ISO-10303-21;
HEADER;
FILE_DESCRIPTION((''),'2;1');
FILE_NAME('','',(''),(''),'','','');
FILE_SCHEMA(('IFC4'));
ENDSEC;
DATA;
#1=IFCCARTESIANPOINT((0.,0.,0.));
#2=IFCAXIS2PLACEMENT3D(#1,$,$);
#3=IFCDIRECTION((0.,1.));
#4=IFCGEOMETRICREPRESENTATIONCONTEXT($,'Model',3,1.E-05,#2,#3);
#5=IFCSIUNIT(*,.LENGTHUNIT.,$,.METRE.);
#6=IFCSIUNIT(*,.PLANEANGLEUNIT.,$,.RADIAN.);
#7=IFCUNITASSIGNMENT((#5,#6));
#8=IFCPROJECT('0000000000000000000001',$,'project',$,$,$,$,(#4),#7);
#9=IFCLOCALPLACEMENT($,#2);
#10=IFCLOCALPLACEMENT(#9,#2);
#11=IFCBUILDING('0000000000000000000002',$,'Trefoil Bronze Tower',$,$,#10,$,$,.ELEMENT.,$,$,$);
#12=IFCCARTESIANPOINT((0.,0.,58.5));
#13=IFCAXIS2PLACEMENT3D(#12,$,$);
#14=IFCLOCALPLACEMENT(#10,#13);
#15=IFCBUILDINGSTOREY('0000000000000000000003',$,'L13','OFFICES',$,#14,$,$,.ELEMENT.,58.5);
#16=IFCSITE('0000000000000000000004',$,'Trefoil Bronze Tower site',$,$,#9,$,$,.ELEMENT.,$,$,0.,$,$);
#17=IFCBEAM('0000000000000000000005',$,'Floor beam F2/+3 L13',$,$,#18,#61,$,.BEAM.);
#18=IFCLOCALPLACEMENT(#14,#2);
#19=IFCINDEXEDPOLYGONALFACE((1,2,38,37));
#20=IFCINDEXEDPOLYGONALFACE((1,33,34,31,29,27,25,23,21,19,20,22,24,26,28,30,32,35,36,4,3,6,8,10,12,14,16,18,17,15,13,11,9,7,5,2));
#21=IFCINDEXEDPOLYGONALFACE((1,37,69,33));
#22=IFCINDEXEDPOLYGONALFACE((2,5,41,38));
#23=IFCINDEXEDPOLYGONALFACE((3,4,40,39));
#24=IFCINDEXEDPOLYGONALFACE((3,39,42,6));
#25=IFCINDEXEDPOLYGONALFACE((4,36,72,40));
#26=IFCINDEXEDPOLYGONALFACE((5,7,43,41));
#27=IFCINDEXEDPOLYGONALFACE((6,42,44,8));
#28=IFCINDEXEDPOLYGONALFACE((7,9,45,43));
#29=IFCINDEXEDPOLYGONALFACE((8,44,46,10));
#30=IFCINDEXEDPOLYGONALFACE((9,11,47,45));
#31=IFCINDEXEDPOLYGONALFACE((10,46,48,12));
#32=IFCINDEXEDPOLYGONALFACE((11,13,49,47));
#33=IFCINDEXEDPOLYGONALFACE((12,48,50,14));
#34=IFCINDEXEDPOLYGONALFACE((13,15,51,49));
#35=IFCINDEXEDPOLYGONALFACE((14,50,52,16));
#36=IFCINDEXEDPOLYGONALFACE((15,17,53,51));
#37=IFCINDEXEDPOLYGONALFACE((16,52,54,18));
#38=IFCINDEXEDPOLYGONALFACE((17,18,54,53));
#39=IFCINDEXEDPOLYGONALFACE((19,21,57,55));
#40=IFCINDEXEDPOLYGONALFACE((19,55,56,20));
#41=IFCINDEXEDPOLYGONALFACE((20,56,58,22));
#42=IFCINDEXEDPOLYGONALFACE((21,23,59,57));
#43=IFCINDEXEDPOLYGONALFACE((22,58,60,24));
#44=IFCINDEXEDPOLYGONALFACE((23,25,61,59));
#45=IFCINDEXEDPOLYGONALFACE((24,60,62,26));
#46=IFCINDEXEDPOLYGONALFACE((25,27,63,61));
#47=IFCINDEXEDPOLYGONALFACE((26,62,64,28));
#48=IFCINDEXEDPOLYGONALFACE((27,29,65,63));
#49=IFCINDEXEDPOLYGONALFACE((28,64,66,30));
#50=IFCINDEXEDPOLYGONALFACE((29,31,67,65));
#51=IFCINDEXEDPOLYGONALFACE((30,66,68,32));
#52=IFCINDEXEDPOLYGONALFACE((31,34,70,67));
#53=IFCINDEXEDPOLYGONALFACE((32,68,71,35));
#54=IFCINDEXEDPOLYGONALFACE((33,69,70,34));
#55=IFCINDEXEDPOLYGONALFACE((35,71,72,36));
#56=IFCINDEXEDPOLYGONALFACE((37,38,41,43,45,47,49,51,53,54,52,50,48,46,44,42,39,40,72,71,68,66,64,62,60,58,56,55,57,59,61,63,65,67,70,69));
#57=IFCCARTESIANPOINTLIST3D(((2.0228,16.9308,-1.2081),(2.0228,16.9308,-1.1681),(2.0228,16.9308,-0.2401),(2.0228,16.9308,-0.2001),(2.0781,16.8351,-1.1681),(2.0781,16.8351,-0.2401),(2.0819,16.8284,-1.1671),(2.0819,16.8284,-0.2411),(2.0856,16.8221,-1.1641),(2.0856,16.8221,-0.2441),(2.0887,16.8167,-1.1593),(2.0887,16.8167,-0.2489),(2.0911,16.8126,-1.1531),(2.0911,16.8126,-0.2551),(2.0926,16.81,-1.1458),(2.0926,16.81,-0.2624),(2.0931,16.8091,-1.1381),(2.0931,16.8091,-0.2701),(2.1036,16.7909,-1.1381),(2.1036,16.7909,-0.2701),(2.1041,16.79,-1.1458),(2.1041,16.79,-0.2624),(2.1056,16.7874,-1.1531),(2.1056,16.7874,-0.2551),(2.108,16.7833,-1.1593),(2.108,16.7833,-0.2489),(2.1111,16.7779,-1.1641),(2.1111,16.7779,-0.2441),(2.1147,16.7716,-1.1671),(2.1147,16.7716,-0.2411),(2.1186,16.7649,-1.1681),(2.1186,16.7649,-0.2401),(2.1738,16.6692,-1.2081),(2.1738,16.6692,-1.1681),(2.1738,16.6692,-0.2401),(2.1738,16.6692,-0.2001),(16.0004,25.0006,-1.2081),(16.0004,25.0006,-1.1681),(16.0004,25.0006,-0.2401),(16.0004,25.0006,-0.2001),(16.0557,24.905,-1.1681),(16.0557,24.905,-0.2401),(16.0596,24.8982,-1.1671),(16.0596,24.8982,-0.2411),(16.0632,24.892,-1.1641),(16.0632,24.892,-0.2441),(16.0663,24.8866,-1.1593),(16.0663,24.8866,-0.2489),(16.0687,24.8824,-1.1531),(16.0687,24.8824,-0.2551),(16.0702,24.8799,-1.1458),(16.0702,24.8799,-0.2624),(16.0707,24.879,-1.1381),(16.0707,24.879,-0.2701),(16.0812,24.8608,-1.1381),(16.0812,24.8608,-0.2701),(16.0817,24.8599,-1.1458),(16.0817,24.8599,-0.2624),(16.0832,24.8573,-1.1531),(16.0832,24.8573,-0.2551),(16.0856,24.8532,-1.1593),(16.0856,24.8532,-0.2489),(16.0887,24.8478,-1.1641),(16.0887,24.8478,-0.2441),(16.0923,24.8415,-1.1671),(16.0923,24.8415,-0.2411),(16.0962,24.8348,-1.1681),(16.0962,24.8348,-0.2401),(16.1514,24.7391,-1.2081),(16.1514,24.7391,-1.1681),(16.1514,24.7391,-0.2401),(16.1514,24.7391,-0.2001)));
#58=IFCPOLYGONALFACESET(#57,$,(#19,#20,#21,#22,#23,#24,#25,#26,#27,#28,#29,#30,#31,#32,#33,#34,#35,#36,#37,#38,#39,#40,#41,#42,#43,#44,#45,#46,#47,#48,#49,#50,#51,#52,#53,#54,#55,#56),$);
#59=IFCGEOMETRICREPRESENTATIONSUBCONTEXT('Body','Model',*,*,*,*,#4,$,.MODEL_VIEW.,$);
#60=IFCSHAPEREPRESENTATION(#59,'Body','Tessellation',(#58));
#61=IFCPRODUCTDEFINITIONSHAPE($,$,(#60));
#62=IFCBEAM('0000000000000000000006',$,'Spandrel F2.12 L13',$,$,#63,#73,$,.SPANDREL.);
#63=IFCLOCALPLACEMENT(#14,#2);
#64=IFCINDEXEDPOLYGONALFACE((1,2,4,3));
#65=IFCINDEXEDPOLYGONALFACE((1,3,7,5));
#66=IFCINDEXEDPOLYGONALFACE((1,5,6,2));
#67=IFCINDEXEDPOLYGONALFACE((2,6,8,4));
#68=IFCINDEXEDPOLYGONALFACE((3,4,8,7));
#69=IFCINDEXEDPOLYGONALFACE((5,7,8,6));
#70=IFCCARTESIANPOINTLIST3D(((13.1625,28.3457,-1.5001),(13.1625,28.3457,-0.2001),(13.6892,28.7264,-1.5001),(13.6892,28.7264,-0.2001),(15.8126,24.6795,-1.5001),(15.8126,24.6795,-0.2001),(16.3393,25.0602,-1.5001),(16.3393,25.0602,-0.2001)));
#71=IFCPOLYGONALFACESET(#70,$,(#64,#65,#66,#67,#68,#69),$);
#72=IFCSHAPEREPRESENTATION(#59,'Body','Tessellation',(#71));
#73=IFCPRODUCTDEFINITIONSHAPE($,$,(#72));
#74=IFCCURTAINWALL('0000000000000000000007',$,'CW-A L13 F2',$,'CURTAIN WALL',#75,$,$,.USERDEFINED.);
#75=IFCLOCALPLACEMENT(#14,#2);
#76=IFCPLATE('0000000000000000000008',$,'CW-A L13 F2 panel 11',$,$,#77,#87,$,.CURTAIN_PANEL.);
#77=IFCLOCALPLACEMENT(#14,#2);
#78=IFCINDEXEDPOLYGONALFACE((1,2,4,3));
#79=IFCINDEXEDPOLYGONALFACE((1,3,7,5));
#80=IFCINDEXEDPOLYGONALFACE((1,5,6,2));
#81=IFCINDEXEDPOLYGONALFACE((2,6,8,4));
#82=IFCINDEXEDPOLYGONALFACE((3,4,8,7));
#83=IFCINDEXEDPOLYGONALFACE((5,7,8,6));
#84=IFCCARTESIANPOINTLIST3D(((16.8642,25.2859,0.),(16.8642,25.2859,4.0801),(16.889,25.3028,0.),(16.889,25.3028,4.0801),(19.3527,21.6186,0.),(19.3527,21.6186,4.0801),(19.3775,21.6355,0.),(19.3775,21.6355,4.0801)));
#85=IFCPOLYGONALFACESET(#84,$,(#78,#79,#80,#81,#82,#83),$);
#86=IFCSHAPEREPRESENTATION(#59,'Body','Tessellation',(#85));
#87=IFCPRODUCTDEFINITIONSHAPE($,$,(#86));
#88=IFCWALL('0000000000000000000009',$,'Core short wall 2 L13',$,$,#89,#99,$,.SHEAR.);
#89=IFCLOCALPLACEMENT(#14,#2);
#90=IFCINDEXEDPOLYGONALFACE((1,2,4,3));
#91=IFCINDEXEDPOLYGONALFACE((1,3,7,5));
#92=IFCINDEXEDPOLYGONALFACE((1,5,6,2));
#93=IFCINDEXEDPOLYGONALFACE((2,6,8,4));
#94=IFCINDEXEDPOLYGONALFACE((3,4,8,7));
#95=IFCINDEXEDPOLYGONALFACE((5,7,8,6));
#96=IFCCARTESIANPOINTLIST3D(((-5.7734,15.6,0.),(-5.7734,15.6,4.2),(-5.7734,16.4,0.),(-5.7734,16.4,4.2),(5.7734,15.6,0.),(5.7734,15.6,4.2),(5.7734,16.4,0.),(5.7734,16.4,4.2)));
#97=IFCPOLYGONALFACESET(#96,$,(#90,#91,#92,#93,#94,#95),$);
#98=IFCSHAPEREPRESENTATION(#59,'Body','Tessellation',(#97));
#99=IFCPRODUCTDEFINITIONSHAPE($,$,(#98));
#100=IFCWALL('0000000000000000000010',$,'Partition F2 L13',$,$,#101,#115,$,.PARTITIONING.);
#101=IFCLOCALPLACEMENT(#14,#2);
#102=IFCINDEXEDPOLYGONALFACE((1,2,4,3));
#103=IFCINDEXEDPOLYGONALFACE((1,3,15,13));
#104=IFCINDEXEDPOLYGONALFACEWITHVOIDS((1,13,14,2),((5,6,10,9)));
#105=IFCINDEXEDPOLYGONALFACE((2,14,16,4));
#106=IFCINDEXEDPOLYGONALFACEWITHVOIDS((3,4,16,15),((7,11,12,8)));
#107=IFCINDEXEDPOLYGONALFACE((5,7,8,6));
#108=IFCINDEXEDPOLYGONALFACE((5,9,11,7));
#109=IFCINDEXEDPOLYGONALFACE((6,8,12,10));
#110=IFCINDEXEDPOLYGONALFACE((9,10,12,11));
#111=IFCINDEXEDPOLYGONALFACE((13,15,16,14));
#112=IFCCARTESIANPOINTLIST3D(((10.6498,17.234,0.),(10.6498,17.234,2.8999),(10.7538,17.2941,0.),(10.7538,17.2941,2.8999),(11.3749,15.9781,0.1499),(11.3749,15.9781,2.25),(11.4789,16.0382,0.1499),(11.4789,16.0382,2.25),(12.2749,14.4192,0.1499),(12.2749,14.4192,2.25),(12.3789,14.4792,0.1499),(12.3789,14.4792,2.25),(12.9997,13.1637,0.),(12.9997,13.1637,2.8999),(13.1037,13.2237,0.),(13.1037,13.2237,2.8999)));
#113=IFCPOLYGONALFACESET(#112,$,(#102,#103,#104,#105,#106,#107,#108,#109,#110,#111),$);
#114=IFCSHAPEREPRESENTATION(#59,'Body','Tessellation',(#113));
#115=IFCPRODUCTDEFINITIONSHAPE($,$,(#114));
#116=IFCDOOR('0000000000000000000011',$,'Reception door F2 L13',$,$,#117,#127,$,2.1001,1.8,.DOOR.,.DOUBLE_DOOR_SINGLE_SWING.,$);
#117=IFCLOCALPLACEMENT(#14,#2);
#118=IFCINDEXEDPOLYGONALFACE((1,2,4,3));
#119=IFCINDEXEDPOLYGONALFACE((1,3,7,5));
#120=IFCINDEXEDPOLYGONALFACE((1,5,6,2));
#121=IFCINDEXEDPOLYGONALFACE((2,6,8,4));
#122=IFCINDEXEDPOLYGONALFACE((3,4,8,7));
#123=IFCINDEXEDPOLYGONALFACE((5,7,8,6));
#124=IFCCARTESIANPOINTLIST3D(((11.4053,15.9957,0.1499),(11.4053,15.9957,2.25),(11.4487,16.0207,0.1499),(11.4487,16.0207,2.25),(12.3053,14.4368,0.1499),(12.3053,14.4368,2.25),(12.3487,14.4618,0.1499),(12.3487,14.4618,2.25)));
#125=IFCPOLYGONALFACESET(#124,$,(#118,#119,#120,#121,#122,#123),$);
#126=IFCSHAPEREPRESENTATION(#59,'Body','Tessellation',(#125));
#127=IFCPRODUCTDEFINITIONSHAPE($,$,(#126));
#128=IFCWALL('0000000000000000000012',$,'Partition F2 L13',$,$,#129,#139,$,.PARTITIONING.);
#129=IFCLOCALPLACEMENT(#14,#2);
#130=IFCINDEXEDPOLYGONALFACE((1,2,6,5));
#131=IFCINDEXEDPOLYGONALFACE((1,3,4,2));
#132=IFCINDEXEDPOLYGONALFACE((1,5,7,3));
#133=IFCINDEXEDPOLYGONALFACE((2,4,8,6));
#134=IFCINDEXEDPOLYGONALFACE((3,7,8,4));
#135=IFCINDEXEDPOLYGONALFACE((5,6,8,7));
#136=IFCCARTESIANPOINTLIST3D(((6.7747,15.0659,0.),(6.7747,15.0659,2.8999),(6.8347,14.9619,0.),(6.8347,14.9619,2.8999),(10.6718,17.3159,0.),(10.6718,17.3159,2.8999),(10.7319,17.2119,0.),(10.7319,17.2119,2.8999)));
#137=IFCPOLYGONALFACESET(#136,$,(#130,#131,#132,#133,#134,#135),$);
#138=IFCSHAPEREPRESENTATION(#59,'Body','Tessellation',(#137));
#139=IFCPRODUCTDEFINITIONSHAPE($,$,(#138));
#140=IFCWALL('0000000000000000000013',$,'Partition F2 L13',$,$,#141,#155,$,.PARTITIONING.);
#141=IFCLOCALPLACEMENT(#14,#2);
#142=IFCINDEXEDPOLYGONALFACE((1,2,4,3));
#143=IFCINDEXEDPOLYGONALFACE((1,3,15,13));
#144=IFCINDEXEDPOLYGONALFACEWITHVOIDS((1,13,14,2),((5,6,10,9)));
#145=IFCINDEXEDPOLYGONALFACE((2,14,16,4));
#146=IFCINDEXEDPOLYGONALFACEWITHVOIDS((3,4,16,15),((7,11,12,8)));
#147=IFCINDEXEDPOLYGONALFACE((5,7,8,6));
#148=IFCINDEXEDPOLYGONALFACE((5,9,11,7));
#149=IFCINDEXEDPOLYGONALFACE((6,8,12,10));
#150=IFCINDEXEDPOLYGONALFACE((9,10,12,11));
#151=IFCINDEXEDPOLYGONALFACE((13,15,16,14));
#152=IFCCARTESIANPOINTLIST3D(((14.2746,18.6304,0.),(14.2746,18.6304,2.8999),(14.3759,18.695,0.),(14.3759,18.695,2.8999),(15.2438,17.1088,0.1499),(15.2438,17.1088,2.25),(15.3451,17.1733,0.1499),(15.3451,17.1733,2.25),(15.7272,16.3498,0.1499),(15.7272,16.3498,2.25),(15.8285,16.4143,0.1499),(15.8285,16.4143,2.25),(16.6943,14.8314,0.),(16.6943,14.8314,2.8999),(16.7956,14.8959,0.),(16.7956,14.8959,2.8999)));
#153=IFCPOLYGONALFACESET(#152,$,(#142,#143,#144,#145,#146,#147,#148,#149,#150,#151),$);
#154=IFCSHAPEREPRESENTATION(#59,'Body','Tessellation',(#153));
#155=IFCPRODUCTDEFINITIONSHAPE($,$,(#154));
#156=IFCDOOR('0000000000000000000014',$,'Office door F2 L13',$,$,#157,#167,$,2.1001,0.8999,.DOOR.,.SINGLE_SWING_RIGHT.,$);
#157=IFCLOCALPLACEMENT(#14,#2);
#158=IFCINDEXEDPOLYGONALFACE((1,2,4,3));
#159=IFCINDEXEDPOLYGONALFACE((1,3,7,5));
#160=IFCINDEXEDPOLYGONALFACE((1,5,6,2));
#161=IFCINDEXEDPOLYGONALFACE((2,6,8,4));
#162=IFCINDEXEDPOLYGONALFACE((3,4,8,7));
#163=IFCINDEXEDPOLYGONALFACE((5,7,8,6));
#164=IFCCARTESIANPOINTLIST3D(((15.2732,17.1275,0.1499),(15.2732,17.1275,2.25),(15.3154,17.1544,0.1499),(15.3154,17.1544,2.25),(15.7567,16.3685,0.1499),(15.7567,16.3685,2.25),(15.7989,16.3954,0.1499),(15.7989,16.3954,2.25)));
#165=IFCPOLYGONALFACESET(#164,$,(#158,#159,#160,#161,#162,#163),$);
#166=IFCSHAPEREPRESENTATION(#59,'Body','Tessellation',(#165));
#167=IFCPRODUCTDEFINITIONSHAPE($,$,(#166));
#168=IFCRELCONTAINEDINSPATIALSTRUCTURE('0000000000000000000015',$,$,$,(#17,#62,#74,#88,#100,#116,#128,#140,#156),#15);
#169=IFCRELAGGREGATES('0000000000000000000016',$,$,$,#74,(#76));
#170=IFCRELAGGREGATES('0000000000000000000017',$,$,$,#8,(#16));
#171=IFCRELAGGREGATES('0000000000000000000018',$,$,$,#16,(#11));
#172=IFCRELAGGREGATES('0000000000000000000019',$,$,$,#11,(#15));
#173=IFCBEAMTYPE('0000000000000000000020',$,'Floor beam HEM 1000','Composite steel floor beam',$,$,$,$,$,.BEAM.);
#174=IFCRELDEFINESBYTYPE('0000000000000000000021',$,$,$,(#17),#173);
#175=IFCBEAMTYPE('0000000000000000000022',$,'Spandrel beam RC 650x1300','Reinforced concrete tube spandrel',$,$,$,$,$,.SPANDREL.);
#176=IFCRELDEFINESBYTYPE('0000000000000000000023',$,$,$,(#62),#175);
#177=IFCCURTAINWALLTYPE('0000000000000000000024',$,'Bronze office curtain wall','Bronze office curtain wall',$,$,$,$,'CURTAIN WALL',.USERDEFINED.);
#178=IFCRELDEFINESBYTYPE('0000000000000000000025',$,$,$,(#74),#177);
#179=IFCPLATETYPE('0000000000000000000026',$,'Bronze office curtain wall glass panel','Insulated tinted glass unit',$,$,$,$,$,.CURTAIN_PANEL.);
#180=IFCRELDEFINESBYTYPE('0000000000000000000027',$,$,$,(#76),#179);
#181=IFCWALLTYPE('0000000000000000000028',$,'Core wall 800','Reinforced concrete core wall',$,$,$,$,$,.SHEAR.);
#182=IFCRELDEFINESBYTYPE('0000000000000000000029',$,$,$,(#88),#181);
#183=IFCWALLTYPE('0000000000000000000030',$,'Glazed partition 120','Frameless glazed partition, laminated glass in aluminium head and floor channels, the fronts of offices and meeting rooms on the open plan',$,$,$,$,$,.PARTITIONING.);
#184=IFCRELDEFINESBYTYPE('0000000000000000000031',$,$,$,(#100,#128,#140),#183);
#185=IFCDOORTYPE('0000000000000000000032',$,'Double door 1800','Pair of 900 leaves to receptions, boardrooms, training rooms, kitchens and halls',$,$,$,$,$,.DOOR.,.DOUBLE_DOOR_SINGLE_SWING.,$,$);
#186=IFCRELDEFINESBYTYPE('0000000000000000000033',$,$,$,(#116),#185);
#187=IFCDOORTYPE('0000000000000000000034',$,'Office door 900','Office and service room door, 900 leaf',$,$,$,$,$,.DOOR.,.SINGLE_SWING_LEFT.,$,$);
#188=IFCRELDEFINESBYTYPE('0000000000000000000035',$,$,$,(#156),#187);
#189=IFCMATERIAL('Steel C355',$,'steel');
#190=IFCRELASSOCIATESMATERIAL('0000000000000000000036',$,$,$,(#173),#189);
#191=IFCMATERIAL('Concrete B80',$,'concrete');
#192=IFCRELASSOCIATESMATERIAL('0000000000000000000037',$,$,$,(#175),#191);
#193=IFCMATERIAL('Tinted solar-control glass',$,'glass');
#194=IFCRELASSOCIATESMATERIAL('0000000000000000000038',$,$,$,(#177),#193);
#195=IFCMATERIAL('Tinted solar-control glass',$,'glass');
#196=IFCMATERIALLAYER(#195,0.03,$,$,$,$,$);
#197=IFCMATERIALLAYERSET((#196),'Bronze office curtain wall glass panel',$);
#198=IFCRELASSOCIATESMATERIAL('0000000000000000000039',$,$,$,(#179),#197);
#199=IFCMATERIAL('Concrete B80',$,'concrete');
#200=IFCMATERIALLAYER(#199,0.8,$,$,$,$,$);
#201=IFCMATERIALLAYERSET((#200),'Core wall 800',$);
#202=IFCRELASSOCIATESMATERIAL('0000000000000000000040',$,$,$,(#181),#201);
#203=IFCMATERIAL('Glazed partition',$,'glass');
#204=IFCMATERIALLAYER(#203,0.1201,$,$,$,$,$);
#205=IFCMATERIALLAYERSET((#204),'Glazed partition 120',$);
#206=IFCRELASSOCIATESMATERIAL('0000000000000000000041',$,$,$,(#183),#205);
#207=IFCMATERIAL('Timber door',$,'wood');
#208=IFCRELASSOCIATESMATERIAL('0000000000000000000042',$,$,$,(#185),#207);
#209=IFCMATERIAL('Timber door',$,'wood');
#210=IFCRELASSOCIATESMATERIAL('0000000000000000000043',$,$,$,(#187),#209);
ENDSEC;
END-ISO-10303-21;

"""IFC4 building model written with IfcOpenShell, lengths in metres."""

from ifc_helpers import new_model, si_unit, direction, frame, frame_2d, origin, origin_2d, place, context, subcontext, project, spatial, rectangle, i_section, extrude, material, layer, layer_set, material_profile, profile_set, type_object, element, fill, aggregate, save


model = new_model("IFC4")

# Units and contexts
model_context = context("Model", 3, precision=1e-05, world=origin(), true_north=direction((0.0, 1.0)))
body_context = subcontext(model_context, "Body", "Model", "MODEL_VIEW")
ifc_project = project(units=[si_unit("LENGTHUNIT", "METRE"), si_unit("PLANEANGLEUNIT", "RADIAN")], contexts=[model_context])

# Site, building, storey
site_placement = place(None, origin())
site = spatial("IfcSite", under=ifc_project, at=site_placement, Name="Trefoil Bronze Tower site", CompositionType="ELEMENT", RefElevation=0.0)
building_placement = place(site_placement, origin())
building = spatial("IfcBuilding", under=site, at=building_placement, Name="Trefoil Bronze Tower", CompositionType="ELEMENT")
storey_placement = place(building_placement, frame((0.0, 0.0, 58.5)))
storey = spatial("IfcBuildingStorey", under=building, at=storey_placement, Name="L13", Description="OFFICES", CompositionType="ELEMENT", Elevation=58.5)

# Beams
ifc_material_1 = material(Name="Steel C355", Category="steel")
ifc_material_profile_1 = material_profile(ifc_material_1, i_section(OverallWidth=0.302, OverallDepth=1.0081, WebThickness=0.021, FlangeThickness=0.04, FilletRadius=0.03, at=origin_2d()), Name="HEM 1000")
ifc_profile_set_1 = profile_set([ifc_material_profile_1], Name="Steel C355")
beam_type_1 = type_object("IfcBeamType", Name="Floor beam HEM 1000", Description="Composite steel floor beam", PredefinedType="BEAM", material=ifc_profile_set_1)
beam_1_placement = place(storey_placement, frame((16.0759, 24.8699, -0.7041), z_axis=(-0.866028, -0.499995, 0.0), x_axis=(0.499995, -0.866028, 0.0)))
element("IfcBeam", 1, at=beam_1_placement, inside=storey, type_object=beam_type_1, Name="Floor beam F2/+3 L13", PredefinedType="BEAM", context=body_context, shape_type="SweptSolid", body=[
    extrude(i_section(OverallWidth=0.302, OverallDepth=1.0081, WebThickness=0.021, FlangeThickness=0.04, FilletRadius=0.03, at=origin_2d()), origin(), (0.0, 0.0, 1.0), 16.1399),
])
ifc_material_2 = material(Name="Concrete B80", Category="concrete")
ifc_material_profile_2 = material_profile(ifc_material_2, rectangle(XDim=0.6499, YDim=1.3, at=origin_2d()), Name="RC 650x1300")
ifc_profile_set_2 = profile_set([ifc_material_profile_2], Name="Concrete B80")
beam_type_2 = type_object("IfcBeamType", Name="Spandrel beam RC 650x1300", Description="Reinforced concrete tube spandrel", PredefinedType="SPANDREL", material=ifc_profile_set_2)
beam_2_placement = place(storey_placement, frame((16.0759, 24.8699, -0.8501), z_axis=(-0.585824, 0.810439, 0.0), x_axis=(-0.810439, -0.585824, 0.0)))
element("IfcBeam", 2, at=beam_2_placement, inside=storey, type_object=beam_type_2, Name="Spandrel F2.12 L13", PredefinedType="SPANDREL", context=body_context, shape_type="SweptSolid", body=[
    extrude(rectangle(XDim=0.6499, YDim=1.3, at=origin_2d()), origin(), (0.0, 0.0, 1.0), 4.5237),
])

# Curtain wall, plate
ifc_material_3 = material(Name="Tinted solar-control glass", Category="glass")
curtain_wall_type = type_object("IfcCurtainWallType", Name="Bronze office curtain wall", Description="Bronze office curtain wall", ElementType="CURTAIN WALL", PredefinedType="USERDEFINED", material=ifc_material_3)
curtain_wall_placement = place(storey_placement, origin())
curtain_wall = element("IfcCurtainWall", 3, at=curtain_wall_placement, inside=storey, type_object=curtain_wall_type, Name="CW-A L13 F2", ObjectType="CURTAIN WALL", PredefinedType="USERDEFINED")
ifc_material_4 = material(Name="Tinted solar-control glass", Category="glass")
ifc_layer_1 = layer(ifc_material_4, 0.03)
ifc_layer_set_1 = layer_set([ifc_layer_1], Name="Bronze office curtain wall glass panel")
plate_type = type_object("IfcPlateType", Name="Bronze office curtain wall glass panel", Description="Insulated tinted glass unit", PredefinedType="CURTAIN_PANEL", material=ifc_layer_set_1)
plate_placement = place(storey_placement, frame((18.1208, 23.4607, 0.0), z_axis=(0.0, 0.0, 1.0), x_axis=(-0.56151, 0.82747, 0.0)))
plate = element("IfcPlate", 4, at=plate_placement, type_object=plate_type, Name="CW-A L13 F2 panel 11", PredefinedType="CURTAIN_PANEL", context=body_context, shape_type="SweptSolid", body=[
    extrude(rectangle(XDim=4.4319, YDim=0.03, at=origin_2d()), origin(), (0.0, 0.0, 1.0), 4.0801),
])
aggregate(curtain_wall, [plate])

# Wall
ifc_material_5 = material(Name="Concrete B80", Category="concrete")
ifc_layer_2 = layer(ifc_material_5, 0.8)
ifc_layer_set_2 = layer_set([ifc_layer_2], Name="Core wall 800")
wall_type_1 = type_object("IfcWallType", Name="Core wall 800", Description="Reinforced concrete core wall", PredefinedType="SHEAR", material=ifc_layer_set_2)
wall_1_placement = place(storey_placement, frame((5.7734, 16.0, 0.0), z_axis=(0.0, 0.0, 1.0), x_axis=(-1.0, 0.0, 0.0)))
element("IfcWall", 5, at=wall_1_placement, inside=storey, type_object=wall_type_1, Name="Core short wall 2 L13", PredefinedType="SHEAR", context=body_context, shape_type="SweptSolid", body=[
    extrude(rectangle(XDim=11.5469, YDim=0.8, at=frame_2d((5.7734, 0.0))), origin(), (0.0, 0.0, 1.0), 4.2),
])

# Wall, opening, door
ifc_material_6 = material(Name="Glazed partition", Category="glass")
ifc_layer_3 = layer(ifc_material_6, 0.1201)
ifc_layer_set_3 = layer_set([ifc_layer_3], Name="Glazed partition 120")
wall_type_2 = type_object("IfcWallType", Name="Glazed partition 120", Description="Frameless glazed partition, laminated glass in aluminium head and floor channels, the fronts of offices and meeting rooms on the open plan", PredefinedType="PARTITIONING", material=ifc_layer_set_3)
wall_2_placement = place(storey_placement, frame((13.0518, 13.1936, 0.0), z_axis=(0.0, 0.0, 1.0), x_axis=(-0.499977, 0.866039, 0.0)))
wall_2 = element("IfcWall", 6, at=wall_2_placement, inside=storey, type_object=wall_type_2, Name="Partition F2 L13", PredefinedType="PARTITIONING", context=body_context, shape_type="SweptSolid", body=[
    extrude(rectangle(XDim=4.7, YDim=0.1201, at=frame_2d((2.3501, 0.0))), origin(), (0.0, 0.0, 1.0), 2.8999),
])
opening_1_placement = place(wall_2_placement, frame((1.45, 0.0, 0.1499)))
opening_1 = element("IfcOpeningElement", 7, at=opening_1_placement, cuts=wall_2, PredefinedType="OPENING", context=body_context, shape_type="SweptSolid", body=[
    extrude(rectangle(XDim=1.8, YDim=2.1001, at=frame_2d((0.8999, 1.05))), frame((0.0, 0.0701, 0.0), z_axis=(0.0, -1.0, 0.0), x_axis=(1.0, 0.0, 0.0)), (0.0, 0.0, 1.0), 0.1401),
])
ifc_material_7 = material(Name="Timber door", Category="wood")
door_type_1 = type_object("IfcDoorType", Name="Double door 1800", Description="Pair of 900 leaves to receptions, boardrooms, training rooms, kitchens and halls", OperationType="DOUBLE_DOOR_SINGLE_SWING", PredefinedType="DOOR", material=ifc_material_7)
door_1_placement = place(opening_1_placement, origin())
door_1 = element("IfcDoor", 8, at=door_1_placement, inside=storey, type_object=door_type_1, Name="Reception door F2 L13", OperationType="DOUBLE_DOOR_SINGLE_SWING", OverallHeight=2.1001, OverallWidth=1.8, PredefinedType="DOOR", context=body_context, shape_type="SweptSolid", body=[
    extrude(rectangle(XDim=1.8, YDim=2.1001, at=frame_2d((0.8999, 1.05))), frame((0.0, 0.0249, 0.0), z_axis=(0.0, -1.0, 0.0), x_axis=(1.0, 0.0, 0.0)), (0.0, 0.0, 1.0), 0.05),
])
fill(opening_1, door_1)

# Wall
wall_3_placement = place(storey_placement, frame((6.8047, 15.0139, 0.0), z_axis=(0.0, 0.0, 1.0), x_axis=(0.866031, 0.49999, 0.0)))
element("IfcWall", 9, at=wall_3_placement, inside=storey, type_object=wall_type_2, Name="Partition F2 L13", PredefinedType="PARTITIONING", context=body_context, shape_type="SweptSolid", body=[
    extrude(rectangle(XDim=4.5, YDim=0.1201, at=frame_2d((2.25, 0.0))), origin(), (0.0, 0.0, 1.0), 2.8999),
])

# Wall, opening, door
wall_4_placement = place(storey_placement, frame((16.7449, 14.8638, 0.0), z_axis=(0.0, 0.0, 1.0), x_axis=(-0.537205, 0.843452, 0.0)))
wall_4 = element("IfcWall", 10, at=wall_4_placement, inside=storey, type_object=wall_type_2, Name="Partition F2 L13", PredefinedType="PARTITIONING", context=body_context, shape_type="SweptSolid", body=[
    extrude(rectangle(XDim=4.5042, YDim=0.1201, at=frame_2d((2.252, 0.0))), origin(), (0.0, 0.0, 1.0), 2.8999),
])
opening_2_placement = place(wall_4_placement, frame((1.8, 0.0, 0.1499)))
opening_2 = element("IfcOpeningElement", 11, at=opening_2_placement, cuts=wall_4, PredefinedType="OPENING", context=body_context, shape_type="SweptSolid", body=[
    extrude(rectangle(XDim=0.8999, YDim=2.1001, at=frame_2d((0.45, 1.05))), frame((0.0, 0.0701, 0.0), z_axis=(0.0, -1.0, 0.0), x_axis=(1.0, 0.0, 0.0)), (0.0, 0.0, 1.0), 0.1401),
])
ifc_material_8 = material(Name="Timber door", Category="wood")
door_type_2 = type_object("IfcDoorType", Name="Office door 900", Description="Office and service room door, 900 leaf", OperationType="SINGLE_SWING_LEFT", PredefinedType="DOOR", material=ifc_material_8)
door_2_placement = place(opening_2_placement, frame((0.8999, 0.0, 0.0), z_axis=(0.0, 0.0, 1.0), x_axis=(-1.0, 0.0, 0.0)))
door_2 = element("IfcDoor", 12, at=door_2_placement, inside=storey, type_object=door_type_2, Name="Office door F2 L13", OperationType="SINGLE_SWING_RIGHT", OverallHeight=2.1001, OverallWidth=0.8999, PredefinedType="DOOR", context=body_context, shape_type="SweptSolid", body=[
    extrude(rectangle(XDim=0.8999, YDim=2.1001, at=frame_2d((0.45, 1.05))), frame((0.0, 0.0249, 0.0), z_axis=(0.0, -1.0, 0.0), x_axis=(1.0, 0.0, 0.0)), (0.0, 0.0, 1.0), 0.05),
])
fill(opening_2, door_2)

save(model, "model.ifc")
